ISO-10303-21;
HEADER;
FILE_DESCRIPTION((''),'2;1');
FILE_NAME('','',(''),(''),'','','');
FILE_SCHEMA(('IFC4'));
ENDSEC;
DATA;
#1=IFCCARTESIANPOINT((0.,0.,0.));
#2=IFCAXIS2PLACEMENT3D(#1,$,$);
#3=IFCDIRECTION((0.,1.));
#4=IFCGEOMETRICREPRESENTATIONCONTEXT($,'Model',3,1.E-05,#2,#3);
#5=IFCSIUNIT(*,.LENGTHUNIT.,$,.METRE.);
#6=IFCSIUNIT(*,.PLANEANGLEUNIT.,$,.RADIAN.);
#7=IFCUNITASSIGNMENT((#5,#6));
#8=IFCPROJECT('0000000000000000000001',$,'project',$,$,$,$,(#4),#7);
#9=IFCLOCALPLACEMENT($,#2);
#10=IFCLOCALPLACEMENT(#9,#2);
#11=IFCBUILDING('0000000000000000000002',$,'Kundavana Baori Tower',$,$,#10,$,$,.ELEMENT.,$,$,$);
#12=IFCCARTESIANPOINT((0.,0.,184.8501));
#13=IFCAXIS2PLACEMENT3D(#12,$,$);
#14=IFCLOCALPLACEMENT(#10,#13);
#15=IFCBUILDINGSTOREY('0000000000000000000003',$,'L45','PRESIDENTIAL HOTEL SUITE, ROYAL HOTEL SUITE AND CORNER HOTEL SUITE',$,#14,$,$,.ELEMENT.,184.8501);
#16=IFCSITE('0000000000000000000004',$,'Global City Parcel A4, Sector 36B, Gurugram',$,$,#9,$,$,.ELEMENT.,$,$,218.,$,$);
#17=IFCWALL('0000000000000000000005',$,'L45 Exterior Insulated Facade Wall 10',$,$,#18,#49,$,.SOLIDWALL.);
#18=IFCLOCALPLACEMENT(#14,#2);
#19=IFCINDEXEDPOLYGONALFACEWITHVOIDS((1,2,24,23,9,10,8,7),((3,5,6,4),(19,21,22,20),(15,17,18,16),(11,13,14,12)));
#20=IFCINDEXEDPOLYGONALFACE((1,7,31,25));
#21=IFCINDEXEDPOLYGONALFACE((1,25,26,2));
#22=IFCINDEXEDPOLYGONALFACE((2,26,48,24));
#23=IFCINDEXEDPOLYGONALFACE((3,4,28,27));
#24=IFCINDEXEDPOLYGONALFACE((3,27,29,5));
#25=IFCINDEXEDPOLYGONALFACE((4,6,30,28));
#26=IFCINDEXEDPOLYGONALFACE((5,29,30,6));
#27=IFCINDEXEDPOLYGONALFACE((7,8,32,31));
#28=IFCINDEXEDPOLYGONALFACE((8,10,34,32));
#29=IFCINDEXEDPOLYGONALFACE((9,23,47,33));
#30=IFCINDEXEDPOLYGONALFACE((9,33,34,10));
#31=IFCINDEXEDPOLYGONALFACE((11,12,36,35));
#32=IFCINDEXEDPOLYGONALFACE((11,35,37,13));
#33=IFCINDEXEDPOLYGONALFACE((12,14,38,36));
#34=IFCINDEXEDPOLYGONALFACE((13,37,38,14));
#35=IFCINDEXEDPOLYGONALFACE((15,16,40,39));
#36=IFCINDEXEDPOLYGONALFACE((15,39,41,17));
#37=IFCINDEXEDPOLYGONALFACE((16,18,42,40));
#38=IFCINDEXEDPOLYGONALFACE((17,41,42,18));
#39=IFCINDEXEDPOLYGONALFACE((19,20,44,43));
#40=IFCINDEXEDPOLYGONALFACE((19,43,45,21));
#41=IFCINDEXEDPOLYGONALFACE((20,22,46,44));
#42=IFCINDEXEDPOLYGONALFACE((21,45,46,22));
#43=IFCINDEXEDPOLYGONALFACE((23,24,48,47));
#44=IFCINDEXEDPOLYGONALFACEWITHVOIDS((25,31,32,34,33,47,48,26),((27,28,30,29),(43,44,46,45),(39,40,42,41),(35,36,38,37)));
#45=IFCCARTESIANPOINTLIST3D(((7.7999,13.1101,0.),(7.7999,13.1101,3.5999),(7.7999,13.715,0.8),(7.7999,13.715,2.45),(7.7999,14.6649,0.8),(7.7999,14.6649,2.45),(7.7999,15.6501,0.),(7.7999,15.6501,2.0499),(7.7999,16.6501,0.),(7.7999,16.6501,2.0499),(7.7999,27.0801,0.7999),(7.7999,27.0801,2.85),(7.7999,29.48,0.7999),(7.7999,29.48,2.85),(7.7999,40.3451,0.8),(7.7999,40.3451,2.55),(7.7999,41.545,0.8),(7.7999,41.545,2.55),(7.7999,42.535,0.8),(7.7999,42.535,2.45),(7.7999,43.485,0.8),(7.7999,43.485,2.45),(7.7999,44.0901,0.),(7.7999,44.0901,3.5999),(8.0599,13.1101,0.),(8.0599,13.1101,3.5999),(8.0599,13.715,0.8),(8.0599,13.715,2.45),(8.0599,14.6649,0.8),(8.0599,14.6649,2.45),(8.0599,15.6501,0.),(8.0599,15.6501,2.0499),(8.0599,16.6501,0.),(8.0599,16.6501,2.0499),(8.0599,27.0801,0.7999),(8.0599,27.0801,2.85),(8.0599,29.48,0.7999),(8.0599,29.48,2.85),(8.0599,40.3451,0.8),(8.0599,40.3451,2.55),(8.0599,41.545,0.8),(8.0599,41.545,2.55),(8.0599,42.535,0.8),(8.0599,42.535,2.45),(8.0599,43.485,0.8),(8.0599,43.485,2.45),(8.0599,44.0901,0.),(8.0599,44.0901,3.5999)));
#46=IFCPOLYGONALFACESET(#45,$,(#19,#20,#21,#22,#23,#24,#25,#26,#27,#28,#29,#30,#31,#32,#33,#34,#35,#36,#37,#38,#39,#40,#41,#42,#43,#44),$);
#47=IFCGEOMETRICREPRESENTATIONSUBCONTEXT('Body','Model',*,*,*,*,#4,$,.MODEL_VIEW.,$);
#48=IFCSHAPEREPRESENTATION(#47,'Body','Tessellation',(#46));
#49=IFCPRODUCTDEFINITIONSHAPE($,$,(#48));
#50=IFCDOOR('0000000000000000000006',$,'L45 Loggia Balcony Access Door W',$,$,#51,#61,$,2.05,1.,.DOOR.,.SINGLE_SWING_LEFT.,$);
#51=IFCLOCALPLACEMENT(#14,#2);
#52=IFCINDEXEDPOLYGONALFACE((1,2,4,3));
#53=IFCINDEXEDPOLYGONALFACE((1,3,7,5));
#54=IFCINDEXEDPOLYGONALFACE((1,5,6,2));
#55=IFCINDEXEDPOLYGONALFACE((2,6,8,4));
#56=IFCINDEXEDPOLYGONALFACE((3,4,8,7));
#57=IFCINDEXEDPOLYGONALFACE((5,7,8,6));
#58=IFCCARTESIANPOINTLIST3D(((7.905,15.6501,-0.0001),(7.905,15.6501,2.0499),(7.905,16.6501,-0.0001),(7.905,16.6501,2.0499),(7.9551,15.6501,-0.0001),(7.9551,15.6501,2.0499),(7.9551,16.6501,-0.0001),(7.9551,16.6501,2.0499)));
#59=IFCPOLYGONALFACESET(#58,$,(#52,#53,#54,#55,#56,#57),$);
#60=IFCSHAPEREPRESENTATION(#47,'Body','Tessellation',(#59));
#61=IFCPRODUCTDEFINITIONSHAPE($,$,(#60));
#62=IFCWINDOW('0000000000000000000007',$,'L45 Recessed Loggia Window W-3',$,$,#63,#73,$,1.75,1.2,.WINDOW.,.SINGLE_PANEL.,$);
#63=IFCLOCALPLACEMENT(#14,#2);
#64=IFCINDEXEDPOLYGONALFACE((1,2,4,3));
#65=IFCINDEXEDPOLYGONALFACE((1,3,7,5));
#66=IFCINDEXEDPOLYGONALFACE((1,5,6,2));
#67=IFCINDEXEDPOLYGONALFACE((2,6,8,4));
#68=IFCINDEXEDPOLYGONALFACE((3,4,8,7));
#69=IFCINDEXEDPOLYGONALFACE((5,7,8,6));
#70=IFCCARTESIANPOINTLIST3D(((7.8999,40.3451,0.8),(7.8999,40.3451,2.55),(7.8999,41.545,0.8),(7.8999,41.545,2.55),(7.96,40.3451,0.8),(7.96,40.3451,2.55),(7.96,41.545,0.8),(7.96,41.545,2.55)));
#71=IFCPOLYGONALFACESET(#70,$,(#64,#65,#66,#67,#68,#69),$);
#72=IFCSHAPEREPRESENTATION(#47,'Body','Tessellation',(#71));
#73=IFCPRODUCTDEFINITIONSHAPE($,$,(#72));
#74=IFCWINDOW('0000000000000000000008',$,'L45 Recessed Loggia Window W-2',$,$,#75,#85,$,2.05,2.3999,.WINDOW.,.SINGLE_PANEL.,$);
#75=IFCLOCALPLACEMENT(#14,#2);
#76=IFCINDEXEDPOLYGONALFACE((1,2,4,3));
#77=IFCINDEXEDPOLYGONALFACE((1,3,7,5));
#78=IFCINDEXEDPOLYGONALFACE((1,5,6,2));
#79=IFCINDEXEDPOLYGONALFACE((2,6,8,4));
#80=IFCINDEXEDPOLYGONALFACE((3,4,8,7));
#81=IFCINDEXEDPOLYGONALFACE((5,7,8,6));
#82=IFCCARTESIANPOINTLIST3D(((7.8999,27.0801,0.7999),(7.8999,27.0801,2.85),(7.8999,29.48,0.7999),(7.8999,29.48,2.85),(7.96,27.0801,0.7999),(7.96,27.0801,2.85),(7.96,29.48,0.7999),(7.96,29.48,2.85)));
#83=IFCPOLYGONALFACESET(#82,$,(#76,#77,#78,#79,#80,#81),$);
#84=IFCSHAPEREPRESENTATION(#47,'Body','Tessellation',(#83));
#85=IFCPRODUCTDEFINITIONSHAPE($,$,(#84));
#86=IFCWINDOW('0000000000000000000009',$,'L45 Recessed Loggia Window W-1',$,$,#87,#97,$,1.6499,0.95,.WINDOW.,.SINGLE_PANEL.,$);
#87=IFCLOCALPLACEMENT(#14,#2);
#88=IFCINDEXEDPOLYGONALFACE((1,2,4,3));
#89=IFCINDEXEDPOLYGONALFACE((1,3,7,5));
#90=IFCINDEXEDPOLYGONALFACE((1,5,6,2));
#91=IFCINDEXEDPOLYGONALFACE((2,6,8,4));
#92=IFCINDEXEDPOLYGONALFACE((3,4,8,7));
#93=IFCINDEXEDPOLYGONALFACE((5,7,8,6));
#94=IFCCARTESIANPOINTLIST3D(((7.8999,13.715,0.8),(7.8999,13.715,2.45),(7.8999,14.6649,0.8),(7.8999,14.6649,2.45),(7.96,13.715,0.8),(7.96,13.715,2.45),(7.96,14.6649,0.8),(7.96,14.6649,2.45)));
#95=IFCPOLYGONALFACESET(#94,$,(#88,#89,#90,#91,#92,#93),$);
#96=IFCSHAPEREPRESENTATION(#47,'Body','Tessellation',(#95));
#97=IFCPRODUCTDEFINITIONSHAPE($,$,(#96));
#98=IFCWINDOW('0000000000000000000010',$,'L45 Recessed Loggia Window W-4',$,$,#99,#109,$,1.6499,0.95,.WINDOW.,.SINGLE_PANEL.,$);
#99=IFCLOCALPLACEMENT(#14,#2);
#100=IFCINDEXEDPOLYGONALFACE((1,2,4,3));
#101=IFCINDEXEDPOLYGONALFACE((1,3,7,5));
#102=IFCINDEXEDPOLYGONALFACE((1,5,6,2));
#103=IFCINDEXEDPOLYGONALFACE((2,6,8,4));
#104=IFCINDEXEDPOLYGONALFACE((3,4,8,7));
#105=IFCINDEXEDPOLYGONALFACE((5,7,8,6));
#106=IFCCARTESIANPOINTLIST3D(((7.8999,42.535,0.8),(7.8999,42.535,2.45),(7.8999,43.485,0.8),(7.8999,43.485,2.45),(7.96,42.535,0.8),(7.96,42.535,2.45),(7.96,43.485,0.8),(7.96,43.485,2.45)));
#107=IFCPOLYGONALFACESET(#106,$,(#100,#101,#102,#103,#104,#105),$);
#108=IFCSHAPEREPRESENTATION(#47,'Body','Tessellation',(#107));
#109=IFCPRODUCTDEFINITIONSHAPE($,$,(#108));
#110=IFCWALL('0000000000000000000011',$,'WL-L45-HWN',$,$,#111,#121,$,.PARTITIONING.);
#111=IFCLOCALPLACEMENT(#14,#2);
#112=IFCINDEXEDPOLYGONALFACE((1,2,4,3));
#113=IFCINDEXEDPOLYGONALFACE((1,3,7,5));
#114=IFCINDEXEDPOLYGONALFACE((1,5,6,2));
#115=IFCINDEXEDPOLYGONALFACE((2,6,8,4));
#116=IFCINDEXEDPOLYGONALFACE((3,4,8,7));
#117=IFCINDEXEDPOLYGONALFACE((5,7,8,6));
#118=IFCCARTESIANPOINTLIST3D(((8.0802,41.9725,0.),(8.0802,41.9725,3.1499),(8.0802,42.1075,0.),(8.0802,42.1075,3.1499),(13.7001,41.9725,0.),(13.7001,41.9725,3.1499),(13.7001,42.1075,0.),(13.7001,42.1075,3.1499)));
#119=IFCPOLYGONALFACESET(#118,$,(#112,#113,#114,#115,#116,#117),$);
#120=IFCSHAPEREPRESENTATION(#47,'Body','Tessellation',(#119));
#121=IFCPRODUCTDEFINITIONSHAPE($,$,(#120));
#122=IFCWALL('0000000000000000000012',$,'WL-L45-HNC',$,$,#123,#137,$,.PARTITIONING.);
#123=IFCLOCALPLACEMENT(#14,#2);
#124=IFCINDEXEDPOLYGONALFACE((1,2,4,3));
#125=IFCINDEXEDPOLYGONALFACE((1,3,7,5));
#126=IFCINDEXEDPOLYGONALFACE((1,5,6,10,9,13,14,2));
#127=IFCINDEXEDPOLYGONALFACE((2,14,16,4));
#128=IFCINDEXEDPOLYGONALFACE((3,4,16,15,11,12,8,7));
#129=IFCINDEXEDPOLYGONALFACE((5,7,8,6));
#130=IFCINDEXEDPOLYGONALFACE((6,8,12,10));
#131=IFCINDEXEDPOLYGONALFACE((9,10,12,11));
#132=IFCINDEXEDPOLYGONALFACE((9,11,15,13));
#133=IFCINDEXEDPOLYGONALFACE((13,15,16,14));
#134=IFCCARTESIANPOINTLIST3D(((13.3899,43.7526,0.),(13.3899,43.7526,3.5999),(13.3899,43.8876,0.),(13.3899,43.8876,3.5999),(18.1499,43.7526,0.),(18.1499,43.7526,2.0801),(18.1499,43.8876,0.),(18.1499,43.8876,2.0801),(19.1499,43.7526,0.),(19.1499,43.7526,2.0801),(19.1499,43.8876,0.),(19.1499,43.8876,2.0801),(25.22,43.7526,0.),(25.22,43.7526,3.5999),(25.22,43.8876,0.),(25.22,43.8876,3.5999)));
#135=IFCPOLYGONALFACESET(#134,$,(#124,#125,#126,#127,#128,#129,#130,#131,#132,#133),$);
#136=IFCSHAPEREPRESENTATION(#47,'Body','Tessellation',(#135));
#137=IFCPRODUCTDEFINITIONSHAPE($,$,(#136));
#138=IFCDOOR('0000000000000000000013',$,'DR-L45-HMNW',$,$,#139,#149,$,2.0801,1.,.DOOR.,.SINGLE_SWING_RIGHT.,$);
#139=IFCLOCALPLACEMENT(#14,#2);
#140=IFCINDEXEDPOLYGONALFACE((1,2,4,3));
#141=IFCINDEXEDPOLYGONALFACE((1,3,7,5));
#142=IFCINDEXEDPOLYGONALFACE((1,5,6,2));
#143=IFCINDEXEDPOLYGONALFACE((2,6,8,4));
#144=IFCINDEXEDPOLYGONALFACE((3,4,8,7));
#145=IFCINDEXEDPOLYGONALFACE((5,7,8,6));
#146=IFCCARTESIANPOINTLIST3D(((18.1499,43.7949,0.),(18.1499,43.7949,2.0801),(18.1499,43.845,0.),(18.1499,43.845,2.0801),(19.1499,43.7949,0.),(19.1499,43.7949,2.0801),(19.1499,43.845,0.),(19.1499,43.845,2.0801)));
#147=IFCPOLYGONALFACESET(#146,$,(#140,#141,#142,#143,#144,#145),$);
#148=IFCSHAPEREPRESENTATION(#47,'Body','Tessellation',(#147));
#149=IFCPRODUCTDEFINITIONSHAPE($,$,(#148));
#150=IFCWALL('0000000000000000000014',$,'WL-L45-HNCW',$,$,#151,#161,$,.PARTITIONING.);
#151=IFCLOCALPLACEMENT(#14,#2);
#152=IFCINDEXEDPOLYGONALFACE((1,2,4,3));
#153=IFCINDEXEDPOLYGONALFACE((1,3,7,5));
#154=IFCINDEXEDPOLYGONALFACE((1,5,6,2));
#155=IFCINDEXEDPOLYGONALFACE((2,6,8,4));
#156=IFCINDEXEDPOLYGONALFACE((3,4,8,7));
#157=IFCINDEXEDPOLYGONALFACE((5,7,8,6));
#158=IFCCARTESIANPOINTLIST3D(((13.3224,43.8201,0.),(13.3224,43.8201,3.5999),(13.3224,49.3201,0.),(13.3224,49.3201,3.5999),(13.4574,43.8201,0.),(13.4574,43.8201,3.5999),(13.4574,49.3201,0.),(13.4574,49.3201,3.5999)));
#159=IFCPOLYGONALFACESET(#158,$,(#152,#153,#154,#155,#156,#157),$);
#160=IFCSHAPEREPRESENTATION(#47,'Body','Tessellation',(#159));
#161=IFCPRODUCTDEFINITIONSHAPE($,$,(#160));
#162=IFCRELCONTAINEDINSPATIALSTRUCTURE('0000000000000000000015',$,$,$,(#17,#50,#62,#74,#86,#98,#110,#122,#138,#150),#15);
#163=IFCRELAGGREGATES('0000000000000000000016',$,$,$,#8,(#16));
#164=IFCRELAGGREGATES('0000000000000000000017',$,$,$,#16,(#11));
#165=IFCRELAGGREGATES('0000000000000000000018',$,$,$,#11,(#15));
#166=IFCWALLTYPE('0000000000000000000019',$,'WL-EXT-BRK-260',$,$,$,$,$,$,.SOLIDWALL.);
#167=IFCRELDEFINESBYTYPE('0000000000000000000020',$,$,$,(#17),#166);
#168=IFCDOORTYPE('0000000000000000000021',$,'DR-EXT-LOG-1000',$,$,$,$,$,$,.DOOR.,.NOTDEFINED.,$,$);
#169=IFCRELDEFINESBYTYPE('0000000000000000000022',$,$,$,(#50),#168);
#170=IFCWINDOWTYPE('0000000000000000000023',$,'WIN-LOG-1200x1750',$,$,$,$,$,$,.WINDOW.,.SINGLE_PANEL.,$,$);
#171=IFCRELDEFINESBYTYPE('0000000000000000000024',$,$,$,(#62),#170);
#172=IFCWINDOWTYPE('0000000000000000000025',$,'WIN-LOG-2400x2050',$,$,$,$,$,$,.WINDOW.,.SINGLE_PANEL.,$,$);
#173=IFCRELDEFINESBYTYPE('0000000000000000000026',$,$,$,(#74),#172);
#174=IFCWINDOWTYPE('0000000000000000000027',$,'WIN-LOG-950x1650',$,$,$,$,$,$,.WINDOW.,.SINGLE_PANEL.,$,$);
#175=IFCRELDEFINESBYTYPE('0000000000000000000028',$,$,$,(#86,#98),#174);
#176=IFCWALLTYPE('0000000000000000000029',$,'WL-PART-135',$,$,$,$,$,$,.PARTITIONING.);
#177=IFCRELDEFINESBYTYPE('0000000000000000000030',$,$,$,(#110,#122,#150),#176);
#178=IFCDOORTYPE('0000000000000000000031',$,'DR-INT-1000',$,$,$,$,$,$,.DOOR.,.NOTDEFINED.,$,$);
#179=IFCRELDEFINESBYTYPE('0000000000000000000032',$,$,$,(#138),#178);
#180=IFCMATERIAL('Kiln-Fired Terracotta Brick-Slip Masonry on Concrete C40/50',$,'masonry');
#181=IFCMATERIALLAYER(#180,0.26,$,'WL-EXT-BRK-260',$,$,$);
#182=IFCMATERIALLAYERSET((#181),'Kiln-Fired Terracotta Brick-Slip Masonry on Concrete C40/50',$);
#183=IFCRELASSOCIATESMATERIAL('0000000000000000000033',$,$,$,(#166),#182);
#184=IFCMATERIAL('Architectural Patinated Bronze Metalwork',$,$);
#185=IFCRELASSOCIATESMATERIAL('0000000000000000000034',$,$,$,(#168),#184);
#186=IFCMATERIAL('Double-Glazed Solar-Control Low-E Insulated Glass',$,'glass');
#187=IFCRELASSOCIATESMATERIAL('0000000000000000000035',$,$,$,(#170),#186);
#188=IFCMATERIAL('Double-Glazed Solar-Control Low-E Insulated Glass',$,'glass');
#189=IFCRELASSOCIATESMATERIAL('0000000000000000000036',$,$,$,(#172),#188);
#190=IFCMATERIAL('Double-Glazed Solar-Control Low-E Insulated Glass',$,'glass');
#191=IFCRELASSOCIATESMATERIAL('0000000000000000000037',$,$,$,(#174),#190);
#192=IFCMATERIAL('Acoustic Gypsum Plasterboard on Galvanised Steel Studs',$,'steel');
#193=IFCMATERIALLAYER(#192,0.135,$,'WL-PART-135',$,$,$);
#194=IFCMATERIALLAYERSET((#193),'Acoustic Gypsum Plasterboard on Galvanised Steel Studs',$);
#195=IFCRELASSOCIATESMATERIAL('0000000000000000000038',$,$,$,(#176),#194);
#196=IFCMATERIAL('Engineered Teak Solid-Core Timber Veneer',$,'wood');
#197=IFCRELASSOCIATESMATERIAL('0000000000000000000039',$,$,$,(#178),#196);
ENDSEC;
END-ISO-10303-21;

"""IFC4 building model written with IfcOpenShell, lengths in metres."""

from ifc_helpers import new_model, si_unit, direction, frame, frame_2d, origin, place, context, subcontext, project, spatial, rectangle, extrude, material, layer, layer_set, type_object, element, fill, save


model = new_model("IFC4")

# Units and contexts
model_context = context("Model", 3, precision=1e-05, world=origin(), true_north=direction((0.0, 1.0)))
body_context = subcontext(model_context, "Body", "Model", "MODEL_VIEW")
ifc_project = project(units=[si_unit("LENGTHUNIT", "METRE"), si_unit("PLANEANGLEUNIT", "RADIAN")], contexts=[model_context])

# Site, building, storey
site_placement = place(None, origin())
site = spatial("IfcSite", under=ifc_project, at=site_placement, Name="Global City Parcel A4, Sector 36B, Gurugram", CompositionType="ELEMENT", RefElevation=218.0)
building_placement = place(site_placement, origin())
building = spatial("IfcBuilding", under=site, at=building_placement, Name="Kundavana Baori Tower", CompositionType="ELEMENT")
storey_placement = place(building_placement, frame((0.0, 0.0, 184.8501)))
storey = spatial("IfcBuildingStorey", under=building, at=storey_placement, Name="L45", Description="PRESIDENTIAL HOTEL SUITE, ROYAL HOTEL SUITE AND CORNER HOTEL SUITE", CompositionType="ELEMENT", Elevation=184.8501)

# Shared definitions
ifc_material_1 = material(Name="Kiln-Fired Terracotta Brick-Slip Masonry on Concrete C40/50", Category="masonry")
ifc_layer_1 = layer(ifc_material_1, 0.26, Name="WL-EXT-BRK-260")
ifc_layer_set_1 = layer_set([ifc_layer_1], Name="Kiln-Fired Terracotta Brick-Slip Masonry on Concrete C40/50")
wall_type_1 = type_object("IfcWallType", Name="WL-EXT-BRK-260", PredefinedType="SOLIDWALL", material=ifc_layer_set_1)

# Wall, openings, door, windows
wall_1_placement = place(storey_placement, frame((7.9299, 44.0901, 0.0), z_axis=(0.0, 0.0, 1.0), x_axis=(0.0, -1.0, 0.0)))
wall_1 = element("IfcWall", 1, at=wall_1_placement, inside=storey, type_object=wall_type_1, Name="L45 Exterior Insulated Facade Wall 10", PredefinedType="SOLIDWALL", context=body_context, shape_type="SweptSolid", body=[
    extrude(rectangle(XDim=30.98, YDim=0.26, at=frame_2d((15.49, 0.0))), origin(), (0.0, 0.0, 1.0), 3.5999),
])
opening_1_placement = place(wall_1_placement, frame((29.425, 0.0, 0.8)))
opening_1 = element("IfcOpeningElement", 2, at=opening_1_placement, cuts=wall_1, PredefinedType="OPENING", context=body_context, shape_type="SweptSolid", body=[
    extrude(rectangle(XDim=0.95, YDim=1.6499, at=frame_2d((0.4751, 0.825))), frame((0.0, 0.1401, 0.0), z_axis=(0.0, -1.0, 0.0), x_axis=(1.0, 0.0, 0.0)), (0.0, 0.0, 1.0), 0.28),
])
opening_2_placement = place(wall_1_placement, frame((27.4399, 0.0, 0.0)))
opening_2 = element("IfcOpeningElement", 3, at=opening_2_placement, cuts=wall_1, PredefinedType="OPENING", context=body_context, shape_type="SweptSolid", body=[
    extrude(rectangle(XDim=1.0, YDim=2.05, at=frame_2d((0.5, 1.0249))), frame((0.0, 0.1401, 0.0), z_axis=(0.0, -1.0, 0.0), x_axis=(1.0, 0.0, 0.0)), (0.0, 0.0, 1.0), 0.28),
])
opening_3_placement = place(wall_1_placement, frame((14.6101, 0.0, 0.8)))
opening_3 = element("IfcOpeningElement", 4, at=opening_3_placement, cuts=wall_1, PredefinedType="OPENING", context=body_context, shape_type="SweptSolid", body=[
    extrude(rectangle(XDim=2.3999, YDim=2.05, at=frame_2d((1.2, 1.0249))), frame((0.0, 0.1401, 0.0), z_axis=(0.0, -1.0, 0.0), x_axis=(1.0, 0.0, 0.0)), (0.0, 0.0, 1.0), 0.28),
])
opening_4_placement = place(wall_1_placement, frame((2.5449, 0.0, 0.8)))
opening_4 = element("IfcOpeningElement", 5, at=opening_4_placement, cuts=wall_1, PredefinedType="OPENING", context=body_context, shape_type="SweptSolid", body=[
    extrude(rectangle(XDim=1.2, YDim=1.75, at=frame_2d((0.6001, 0.875))), frame((0.0, 0.1401, 0.0), z_axis=(0.0, -1.0, 0.0), x_axis=(1.0, 0.0, 0.0)), (0.0, 0.0, 1.0), 0.28),
])
opening_5_placement = place(wall_1_placement, frame((0.605, 0.0, 0.8)))
opening_5 = element("IfcOpeningElement", 6, at=opening_5_placement, cuts=wall_1, PredefinedType="OPENING", context=body_context, shape_type="SweptSolid", body=[
    extrude(rectangle(XDim=0.95, YDim=1.6499, at=frame_2d((0.4751, 0.825))), frame((0.0, 0.1401, 0.0), z_axis=(0.0, -1.0, 0.0), x_axis=(1.0, 0.0, 0.0)), (0.0, 0.0, 1.0), 0.28),
])
ifc_material_2 = material(Name="Architectural Patinated Bronze Metalwork")
door_type_1 = type_object("IfcDoorType", Name="DR-EXT-LOG-1000", OperationType="NOTDEFINED", PredefinedType="DOOR", material=ifc_material_2)
door_1_placement = place(opening_2_placement, frame((1.0, 0.0, 0.0), z_axis=(0.0, 0.0, 1.0), x_axis=(-1.0, 0.0, 0.0)))
door_1 = element("IfcDoor", 7, at=door_1_placement, inside=storey, type_object=door_type_1, Name="L45 Loggia Balcony Access Door W", OperationType="SINGLE_SWING_LEFT", OverallHeight=2.05, OverallWidth=1.0, PredefinedType="DOOR", context=body_context, shape_type="SweptSolid", body=[
    extrude(rectangle(XDim=1.0, YDim=2.05, at=frame_2d((0.5, 1.0249))), frame((0.0, 0.0249, 0.0), z_axis=(0.0, -1.0, 0.0), x_axis=(1.0, 0.0, 0.0)), (0.0, 0.0, 1.0), 0.05),
])
fill(opening_2, door_1)
ifc_material_3 = material(Name="Double-Glazed Solar-Control Low-E Insulated Glass", Category="glass")
window_type_1 = type_object("IfcWindowType", Name="WIN-LOG-1200x1750", PartitioningType="SINGLE_PANEL", PredefinedType="WINDOW", material=ifc_material_3)
window_1_placement = place(opening_4_placement, origin())
window_1 = element("IfcWindow", 8, at=window_1_placement, inside=storey, type_object=window_type_1, Name="L45 Recessed Loggia Window W-3", OverallHeight=1.75, OverallWidth=1.2, PartitioningType="SINGLE_PANEL", PredefinedType="WINDOW", context=body_context, shape_type="SweptSolid", body=[
    extrude(rectangle(XDim=1.2, YDim=1.75, at=frame_2d((0.6001, 0.875))), frame((0.0, 0.03, 0.0), z_axis=(0.0, -1.0, 0.0), x_axis=(1.0, 0.0, 0.0)), (0.0, 0.0, 1.0), 0.0601),
])
fill(opening_4, window_1)
ifc_material_4 = material(Name="Double-Glazed Solar-Control Low-E Insulated Glass", Category="glass")
window_type_2 = type_object("IfcWindowType", Name="WIN-LOG-2400x2050", PartitioningType="SINGLE_PANEL", PredefinedType="WINDOW", material=ifc_material_4)
window_2_placement = place(opening_3_placement, origin())
window_2 = element("IfcWindow", 9, at=window_2_placement, inside=storey, type_object=window_type_2, Name="L45 Recessed Loggia Window W-2", OverallHeight=2.05, OverallWidth=2.3999, PartitioningType="SINGLE_PANEL", PredefinedType="WINDOW", context=body_context, shape_type="SweptSolid", body=[
    extrude(rectangle(XDim=2.3999, YDim=2.05, at=frame_2d((1.2, 1.0249))), frame((0.0, 0.03, 0.0), z_axis=(0.0, -1.0, 0.0), x_axis=(1.0, 0.0, 0.0)), (0.0, 0.0, 1.0), 0.0601),
])
fill(opening_3, window_2)
ifc_material_5 = material(Name="Double-Glazed Solar-Control Low-E Insulated Glass", Category="glass")
window_type_3 = type_object("IfcWindowType", Name="WIN-LOG-950x1650", PartitioningType="SINGLE_PANEL", PredefinedType="WINDOW", material=ifc_material_5)
window_3_placement = place(opening_1_placement, origin())
window_3 = element("IfcWindow", 10, at=window_3_placement, inside=storey, type_object=window_type_3, Name="L45 Recessed Loggia Window W-1", OverallHeight=1.6499, OverallWidth=0.95, PartitioningType="SINGLE_PANEL", PredefinedType="WINDOW", context=body_context, shape_type="SweptSolid", body=[
    extrude(rectangle(XDim=0.95, YDim=1.6499, at=frame_2d((0.4751, 0.825))), frame((0.0, 0.03, 0.0), z_axis=(0.0, -1.0, 0.0), x_axis=(1.0, 0.0, 0.0)), (0.0, 0.0, 1.0), 0.0601),
])
fill(opening_1, window_3)
window_4_placement = place(opening_5_placement, origin())
window_4 = element("IfcWindow", 11, at=window_4_placement, inside=storey, type_object=window_type_3, Name="L45 Recessed Loggia Window W-4", OverallHeight=1.6499, OverallWidth=0.95, PartitioningType="SINGLE_PANEL", PredefinedType="WINDOW", context=body_context, shape_type="SweptSolid", body=[
    extrude(rectangle(XDim=0.95, YDim=1.6499, at=frame_2d((0.4751, 0.825))), frame((0.0, 0.03, 0.0), z_axis=(0.0, -1.0, 0.0), x_axis=(1.0, 0.0, 0.0)), (0.0, 0.0, 1.0), 0.0601),
])
fill(opening_5, window_4)

# Wall
ifc_material_6 = material(Name="Acoustic Gypsum Plasterboard on Galvanised Steel Studs", Category="steel")
ifc_layer_2 = layer(ifc_material_6, 0.135, Name="WL-PART-135")
ifc_layer_set_2 = layer_set([ifc_layer_2], Name="Acoustic Gypsum Plasterboard on Galvanised Steel Studs")
wall_type_2 = type_object("IfcWallType", Name="WL-PART-135", PredefinedType="PARTITIONING", material=ifc_layer_set_2)
wall_2_placement = place(storey_placement, frame((8.0801, 42.04, 0.0), z_axis=(0.0, 0.0, 1.0), x_axis=(1.0, 0.0, 0.0)))
element("IfcWall", 12, at=wall_2_placement, inside=storey, type_object=wall_type_2, Name="WL-L45-HWN", PredefinedType="PARTITIONING", context=body_context, shape_type="SweptSolid", body=[
    extrude(rectangle(XDim=5.6199, YDim=0.135, at=frame_2d((2.8101, 0.0))), origin(), (0.0, 0.0, 1.0), 3.1499),
])

# Wall, opening, door
wall_3_placement = place(storey_placement, frame((13.3899, 43.8201, 0.0), z_axis=(0.0, 0.0, 1.0), x_axis=(1.0, 0.0, 0.0)))
wall_3 = element("IfcWall", 13, at=wall_3_placement, inside=storey, type_object=wall_type_2, Name="WL-L45-HNC", PredefinedType="PARTITIONING", context=body_context, shape_type="SweptSolid", body=[
    extrude(rectangle(XDim=11.8301, YDim=0.135, at=frame_2d((5.915, 0.0))), origin(), (0.0, 0.0, 1.0), 3.5999),
])
opening_6_placement = place(wall_3_placement, frame((4.76, 0.0, 0.0)))
opening_6 = element("IfcOpeningElement", 14, at=opening_6_placement, cuts=wall_3, PredefinedType="OPENING", context=body_context, shape_type="SweptSolid", body=[
    extrude(rectangle(XDim=1.0, YDim=2.0801, at=frame_2d((0.5, 1.04))), frame((0.0, 0.0776, 0.0), z_axis=(0.0, -1.0, 0.0), x_axis=(1.0, 0.0, 0.0)), (0.0, 0.0, 1.0), 0.155),
])
ifc_material_7 = material(Name="Engineered Teak Solid-Core Timber Veneer", Category="wood")
door_type_2 = type_object("IfcDoorType", Name="DR-INT-1000", OperationType="NOTDEFINED", PredefinedType="DOOR", material=ifc_material_7)
door_2_placement = place(opening_6_placement, origin())
door_2 = element("IfcDoor", 15, at=door_2_placement, inside=storey, type_object=door_type_2, Name="DR-L45-HMNW", OperationType="SINGLE_SWING_RIGHT", OverallHeight=2.0801, OverallWidth=1.0, PredefinedType="DOOR", context=body_context, shape_type="SweptSolid", body=[
    extrude(rectangle(XDim=1.0, YDim=2.0801, at=frame_2d((0.5, 1.04))), frame((0.0, 0.0249, 0.0), z_axis=(0.0, -1.0, 0.0), x_axis=(1.0, 0.0, 0.0)), (0.0, 0.0, 1.0), 0.05),
])
fill(opening_6, door_2)

# Wall
wall_4_placement = place(storey_placement, frame((13.3899, 43.8201, 0.0), z_axis=(0.0, 0.0, 1.0), x_axis=(0.0, 1.0, 0.0)))
element("IfcWall", 16, at=wall_4_placement, inside=storey, type_object=wall_type_2, Name="WL-L45-HNCW", PredefinedType="PARTITIONING", context=body_context, shape_type="SweptSolid", body=[
    extrude(rectangle(XDim=5.5, YDim=0.135, at=frame_2d((2.75, 0.0))), origin(), (0.0, 0.0, 1.0), 3.5999),
])

save(model, "model.ifc")
